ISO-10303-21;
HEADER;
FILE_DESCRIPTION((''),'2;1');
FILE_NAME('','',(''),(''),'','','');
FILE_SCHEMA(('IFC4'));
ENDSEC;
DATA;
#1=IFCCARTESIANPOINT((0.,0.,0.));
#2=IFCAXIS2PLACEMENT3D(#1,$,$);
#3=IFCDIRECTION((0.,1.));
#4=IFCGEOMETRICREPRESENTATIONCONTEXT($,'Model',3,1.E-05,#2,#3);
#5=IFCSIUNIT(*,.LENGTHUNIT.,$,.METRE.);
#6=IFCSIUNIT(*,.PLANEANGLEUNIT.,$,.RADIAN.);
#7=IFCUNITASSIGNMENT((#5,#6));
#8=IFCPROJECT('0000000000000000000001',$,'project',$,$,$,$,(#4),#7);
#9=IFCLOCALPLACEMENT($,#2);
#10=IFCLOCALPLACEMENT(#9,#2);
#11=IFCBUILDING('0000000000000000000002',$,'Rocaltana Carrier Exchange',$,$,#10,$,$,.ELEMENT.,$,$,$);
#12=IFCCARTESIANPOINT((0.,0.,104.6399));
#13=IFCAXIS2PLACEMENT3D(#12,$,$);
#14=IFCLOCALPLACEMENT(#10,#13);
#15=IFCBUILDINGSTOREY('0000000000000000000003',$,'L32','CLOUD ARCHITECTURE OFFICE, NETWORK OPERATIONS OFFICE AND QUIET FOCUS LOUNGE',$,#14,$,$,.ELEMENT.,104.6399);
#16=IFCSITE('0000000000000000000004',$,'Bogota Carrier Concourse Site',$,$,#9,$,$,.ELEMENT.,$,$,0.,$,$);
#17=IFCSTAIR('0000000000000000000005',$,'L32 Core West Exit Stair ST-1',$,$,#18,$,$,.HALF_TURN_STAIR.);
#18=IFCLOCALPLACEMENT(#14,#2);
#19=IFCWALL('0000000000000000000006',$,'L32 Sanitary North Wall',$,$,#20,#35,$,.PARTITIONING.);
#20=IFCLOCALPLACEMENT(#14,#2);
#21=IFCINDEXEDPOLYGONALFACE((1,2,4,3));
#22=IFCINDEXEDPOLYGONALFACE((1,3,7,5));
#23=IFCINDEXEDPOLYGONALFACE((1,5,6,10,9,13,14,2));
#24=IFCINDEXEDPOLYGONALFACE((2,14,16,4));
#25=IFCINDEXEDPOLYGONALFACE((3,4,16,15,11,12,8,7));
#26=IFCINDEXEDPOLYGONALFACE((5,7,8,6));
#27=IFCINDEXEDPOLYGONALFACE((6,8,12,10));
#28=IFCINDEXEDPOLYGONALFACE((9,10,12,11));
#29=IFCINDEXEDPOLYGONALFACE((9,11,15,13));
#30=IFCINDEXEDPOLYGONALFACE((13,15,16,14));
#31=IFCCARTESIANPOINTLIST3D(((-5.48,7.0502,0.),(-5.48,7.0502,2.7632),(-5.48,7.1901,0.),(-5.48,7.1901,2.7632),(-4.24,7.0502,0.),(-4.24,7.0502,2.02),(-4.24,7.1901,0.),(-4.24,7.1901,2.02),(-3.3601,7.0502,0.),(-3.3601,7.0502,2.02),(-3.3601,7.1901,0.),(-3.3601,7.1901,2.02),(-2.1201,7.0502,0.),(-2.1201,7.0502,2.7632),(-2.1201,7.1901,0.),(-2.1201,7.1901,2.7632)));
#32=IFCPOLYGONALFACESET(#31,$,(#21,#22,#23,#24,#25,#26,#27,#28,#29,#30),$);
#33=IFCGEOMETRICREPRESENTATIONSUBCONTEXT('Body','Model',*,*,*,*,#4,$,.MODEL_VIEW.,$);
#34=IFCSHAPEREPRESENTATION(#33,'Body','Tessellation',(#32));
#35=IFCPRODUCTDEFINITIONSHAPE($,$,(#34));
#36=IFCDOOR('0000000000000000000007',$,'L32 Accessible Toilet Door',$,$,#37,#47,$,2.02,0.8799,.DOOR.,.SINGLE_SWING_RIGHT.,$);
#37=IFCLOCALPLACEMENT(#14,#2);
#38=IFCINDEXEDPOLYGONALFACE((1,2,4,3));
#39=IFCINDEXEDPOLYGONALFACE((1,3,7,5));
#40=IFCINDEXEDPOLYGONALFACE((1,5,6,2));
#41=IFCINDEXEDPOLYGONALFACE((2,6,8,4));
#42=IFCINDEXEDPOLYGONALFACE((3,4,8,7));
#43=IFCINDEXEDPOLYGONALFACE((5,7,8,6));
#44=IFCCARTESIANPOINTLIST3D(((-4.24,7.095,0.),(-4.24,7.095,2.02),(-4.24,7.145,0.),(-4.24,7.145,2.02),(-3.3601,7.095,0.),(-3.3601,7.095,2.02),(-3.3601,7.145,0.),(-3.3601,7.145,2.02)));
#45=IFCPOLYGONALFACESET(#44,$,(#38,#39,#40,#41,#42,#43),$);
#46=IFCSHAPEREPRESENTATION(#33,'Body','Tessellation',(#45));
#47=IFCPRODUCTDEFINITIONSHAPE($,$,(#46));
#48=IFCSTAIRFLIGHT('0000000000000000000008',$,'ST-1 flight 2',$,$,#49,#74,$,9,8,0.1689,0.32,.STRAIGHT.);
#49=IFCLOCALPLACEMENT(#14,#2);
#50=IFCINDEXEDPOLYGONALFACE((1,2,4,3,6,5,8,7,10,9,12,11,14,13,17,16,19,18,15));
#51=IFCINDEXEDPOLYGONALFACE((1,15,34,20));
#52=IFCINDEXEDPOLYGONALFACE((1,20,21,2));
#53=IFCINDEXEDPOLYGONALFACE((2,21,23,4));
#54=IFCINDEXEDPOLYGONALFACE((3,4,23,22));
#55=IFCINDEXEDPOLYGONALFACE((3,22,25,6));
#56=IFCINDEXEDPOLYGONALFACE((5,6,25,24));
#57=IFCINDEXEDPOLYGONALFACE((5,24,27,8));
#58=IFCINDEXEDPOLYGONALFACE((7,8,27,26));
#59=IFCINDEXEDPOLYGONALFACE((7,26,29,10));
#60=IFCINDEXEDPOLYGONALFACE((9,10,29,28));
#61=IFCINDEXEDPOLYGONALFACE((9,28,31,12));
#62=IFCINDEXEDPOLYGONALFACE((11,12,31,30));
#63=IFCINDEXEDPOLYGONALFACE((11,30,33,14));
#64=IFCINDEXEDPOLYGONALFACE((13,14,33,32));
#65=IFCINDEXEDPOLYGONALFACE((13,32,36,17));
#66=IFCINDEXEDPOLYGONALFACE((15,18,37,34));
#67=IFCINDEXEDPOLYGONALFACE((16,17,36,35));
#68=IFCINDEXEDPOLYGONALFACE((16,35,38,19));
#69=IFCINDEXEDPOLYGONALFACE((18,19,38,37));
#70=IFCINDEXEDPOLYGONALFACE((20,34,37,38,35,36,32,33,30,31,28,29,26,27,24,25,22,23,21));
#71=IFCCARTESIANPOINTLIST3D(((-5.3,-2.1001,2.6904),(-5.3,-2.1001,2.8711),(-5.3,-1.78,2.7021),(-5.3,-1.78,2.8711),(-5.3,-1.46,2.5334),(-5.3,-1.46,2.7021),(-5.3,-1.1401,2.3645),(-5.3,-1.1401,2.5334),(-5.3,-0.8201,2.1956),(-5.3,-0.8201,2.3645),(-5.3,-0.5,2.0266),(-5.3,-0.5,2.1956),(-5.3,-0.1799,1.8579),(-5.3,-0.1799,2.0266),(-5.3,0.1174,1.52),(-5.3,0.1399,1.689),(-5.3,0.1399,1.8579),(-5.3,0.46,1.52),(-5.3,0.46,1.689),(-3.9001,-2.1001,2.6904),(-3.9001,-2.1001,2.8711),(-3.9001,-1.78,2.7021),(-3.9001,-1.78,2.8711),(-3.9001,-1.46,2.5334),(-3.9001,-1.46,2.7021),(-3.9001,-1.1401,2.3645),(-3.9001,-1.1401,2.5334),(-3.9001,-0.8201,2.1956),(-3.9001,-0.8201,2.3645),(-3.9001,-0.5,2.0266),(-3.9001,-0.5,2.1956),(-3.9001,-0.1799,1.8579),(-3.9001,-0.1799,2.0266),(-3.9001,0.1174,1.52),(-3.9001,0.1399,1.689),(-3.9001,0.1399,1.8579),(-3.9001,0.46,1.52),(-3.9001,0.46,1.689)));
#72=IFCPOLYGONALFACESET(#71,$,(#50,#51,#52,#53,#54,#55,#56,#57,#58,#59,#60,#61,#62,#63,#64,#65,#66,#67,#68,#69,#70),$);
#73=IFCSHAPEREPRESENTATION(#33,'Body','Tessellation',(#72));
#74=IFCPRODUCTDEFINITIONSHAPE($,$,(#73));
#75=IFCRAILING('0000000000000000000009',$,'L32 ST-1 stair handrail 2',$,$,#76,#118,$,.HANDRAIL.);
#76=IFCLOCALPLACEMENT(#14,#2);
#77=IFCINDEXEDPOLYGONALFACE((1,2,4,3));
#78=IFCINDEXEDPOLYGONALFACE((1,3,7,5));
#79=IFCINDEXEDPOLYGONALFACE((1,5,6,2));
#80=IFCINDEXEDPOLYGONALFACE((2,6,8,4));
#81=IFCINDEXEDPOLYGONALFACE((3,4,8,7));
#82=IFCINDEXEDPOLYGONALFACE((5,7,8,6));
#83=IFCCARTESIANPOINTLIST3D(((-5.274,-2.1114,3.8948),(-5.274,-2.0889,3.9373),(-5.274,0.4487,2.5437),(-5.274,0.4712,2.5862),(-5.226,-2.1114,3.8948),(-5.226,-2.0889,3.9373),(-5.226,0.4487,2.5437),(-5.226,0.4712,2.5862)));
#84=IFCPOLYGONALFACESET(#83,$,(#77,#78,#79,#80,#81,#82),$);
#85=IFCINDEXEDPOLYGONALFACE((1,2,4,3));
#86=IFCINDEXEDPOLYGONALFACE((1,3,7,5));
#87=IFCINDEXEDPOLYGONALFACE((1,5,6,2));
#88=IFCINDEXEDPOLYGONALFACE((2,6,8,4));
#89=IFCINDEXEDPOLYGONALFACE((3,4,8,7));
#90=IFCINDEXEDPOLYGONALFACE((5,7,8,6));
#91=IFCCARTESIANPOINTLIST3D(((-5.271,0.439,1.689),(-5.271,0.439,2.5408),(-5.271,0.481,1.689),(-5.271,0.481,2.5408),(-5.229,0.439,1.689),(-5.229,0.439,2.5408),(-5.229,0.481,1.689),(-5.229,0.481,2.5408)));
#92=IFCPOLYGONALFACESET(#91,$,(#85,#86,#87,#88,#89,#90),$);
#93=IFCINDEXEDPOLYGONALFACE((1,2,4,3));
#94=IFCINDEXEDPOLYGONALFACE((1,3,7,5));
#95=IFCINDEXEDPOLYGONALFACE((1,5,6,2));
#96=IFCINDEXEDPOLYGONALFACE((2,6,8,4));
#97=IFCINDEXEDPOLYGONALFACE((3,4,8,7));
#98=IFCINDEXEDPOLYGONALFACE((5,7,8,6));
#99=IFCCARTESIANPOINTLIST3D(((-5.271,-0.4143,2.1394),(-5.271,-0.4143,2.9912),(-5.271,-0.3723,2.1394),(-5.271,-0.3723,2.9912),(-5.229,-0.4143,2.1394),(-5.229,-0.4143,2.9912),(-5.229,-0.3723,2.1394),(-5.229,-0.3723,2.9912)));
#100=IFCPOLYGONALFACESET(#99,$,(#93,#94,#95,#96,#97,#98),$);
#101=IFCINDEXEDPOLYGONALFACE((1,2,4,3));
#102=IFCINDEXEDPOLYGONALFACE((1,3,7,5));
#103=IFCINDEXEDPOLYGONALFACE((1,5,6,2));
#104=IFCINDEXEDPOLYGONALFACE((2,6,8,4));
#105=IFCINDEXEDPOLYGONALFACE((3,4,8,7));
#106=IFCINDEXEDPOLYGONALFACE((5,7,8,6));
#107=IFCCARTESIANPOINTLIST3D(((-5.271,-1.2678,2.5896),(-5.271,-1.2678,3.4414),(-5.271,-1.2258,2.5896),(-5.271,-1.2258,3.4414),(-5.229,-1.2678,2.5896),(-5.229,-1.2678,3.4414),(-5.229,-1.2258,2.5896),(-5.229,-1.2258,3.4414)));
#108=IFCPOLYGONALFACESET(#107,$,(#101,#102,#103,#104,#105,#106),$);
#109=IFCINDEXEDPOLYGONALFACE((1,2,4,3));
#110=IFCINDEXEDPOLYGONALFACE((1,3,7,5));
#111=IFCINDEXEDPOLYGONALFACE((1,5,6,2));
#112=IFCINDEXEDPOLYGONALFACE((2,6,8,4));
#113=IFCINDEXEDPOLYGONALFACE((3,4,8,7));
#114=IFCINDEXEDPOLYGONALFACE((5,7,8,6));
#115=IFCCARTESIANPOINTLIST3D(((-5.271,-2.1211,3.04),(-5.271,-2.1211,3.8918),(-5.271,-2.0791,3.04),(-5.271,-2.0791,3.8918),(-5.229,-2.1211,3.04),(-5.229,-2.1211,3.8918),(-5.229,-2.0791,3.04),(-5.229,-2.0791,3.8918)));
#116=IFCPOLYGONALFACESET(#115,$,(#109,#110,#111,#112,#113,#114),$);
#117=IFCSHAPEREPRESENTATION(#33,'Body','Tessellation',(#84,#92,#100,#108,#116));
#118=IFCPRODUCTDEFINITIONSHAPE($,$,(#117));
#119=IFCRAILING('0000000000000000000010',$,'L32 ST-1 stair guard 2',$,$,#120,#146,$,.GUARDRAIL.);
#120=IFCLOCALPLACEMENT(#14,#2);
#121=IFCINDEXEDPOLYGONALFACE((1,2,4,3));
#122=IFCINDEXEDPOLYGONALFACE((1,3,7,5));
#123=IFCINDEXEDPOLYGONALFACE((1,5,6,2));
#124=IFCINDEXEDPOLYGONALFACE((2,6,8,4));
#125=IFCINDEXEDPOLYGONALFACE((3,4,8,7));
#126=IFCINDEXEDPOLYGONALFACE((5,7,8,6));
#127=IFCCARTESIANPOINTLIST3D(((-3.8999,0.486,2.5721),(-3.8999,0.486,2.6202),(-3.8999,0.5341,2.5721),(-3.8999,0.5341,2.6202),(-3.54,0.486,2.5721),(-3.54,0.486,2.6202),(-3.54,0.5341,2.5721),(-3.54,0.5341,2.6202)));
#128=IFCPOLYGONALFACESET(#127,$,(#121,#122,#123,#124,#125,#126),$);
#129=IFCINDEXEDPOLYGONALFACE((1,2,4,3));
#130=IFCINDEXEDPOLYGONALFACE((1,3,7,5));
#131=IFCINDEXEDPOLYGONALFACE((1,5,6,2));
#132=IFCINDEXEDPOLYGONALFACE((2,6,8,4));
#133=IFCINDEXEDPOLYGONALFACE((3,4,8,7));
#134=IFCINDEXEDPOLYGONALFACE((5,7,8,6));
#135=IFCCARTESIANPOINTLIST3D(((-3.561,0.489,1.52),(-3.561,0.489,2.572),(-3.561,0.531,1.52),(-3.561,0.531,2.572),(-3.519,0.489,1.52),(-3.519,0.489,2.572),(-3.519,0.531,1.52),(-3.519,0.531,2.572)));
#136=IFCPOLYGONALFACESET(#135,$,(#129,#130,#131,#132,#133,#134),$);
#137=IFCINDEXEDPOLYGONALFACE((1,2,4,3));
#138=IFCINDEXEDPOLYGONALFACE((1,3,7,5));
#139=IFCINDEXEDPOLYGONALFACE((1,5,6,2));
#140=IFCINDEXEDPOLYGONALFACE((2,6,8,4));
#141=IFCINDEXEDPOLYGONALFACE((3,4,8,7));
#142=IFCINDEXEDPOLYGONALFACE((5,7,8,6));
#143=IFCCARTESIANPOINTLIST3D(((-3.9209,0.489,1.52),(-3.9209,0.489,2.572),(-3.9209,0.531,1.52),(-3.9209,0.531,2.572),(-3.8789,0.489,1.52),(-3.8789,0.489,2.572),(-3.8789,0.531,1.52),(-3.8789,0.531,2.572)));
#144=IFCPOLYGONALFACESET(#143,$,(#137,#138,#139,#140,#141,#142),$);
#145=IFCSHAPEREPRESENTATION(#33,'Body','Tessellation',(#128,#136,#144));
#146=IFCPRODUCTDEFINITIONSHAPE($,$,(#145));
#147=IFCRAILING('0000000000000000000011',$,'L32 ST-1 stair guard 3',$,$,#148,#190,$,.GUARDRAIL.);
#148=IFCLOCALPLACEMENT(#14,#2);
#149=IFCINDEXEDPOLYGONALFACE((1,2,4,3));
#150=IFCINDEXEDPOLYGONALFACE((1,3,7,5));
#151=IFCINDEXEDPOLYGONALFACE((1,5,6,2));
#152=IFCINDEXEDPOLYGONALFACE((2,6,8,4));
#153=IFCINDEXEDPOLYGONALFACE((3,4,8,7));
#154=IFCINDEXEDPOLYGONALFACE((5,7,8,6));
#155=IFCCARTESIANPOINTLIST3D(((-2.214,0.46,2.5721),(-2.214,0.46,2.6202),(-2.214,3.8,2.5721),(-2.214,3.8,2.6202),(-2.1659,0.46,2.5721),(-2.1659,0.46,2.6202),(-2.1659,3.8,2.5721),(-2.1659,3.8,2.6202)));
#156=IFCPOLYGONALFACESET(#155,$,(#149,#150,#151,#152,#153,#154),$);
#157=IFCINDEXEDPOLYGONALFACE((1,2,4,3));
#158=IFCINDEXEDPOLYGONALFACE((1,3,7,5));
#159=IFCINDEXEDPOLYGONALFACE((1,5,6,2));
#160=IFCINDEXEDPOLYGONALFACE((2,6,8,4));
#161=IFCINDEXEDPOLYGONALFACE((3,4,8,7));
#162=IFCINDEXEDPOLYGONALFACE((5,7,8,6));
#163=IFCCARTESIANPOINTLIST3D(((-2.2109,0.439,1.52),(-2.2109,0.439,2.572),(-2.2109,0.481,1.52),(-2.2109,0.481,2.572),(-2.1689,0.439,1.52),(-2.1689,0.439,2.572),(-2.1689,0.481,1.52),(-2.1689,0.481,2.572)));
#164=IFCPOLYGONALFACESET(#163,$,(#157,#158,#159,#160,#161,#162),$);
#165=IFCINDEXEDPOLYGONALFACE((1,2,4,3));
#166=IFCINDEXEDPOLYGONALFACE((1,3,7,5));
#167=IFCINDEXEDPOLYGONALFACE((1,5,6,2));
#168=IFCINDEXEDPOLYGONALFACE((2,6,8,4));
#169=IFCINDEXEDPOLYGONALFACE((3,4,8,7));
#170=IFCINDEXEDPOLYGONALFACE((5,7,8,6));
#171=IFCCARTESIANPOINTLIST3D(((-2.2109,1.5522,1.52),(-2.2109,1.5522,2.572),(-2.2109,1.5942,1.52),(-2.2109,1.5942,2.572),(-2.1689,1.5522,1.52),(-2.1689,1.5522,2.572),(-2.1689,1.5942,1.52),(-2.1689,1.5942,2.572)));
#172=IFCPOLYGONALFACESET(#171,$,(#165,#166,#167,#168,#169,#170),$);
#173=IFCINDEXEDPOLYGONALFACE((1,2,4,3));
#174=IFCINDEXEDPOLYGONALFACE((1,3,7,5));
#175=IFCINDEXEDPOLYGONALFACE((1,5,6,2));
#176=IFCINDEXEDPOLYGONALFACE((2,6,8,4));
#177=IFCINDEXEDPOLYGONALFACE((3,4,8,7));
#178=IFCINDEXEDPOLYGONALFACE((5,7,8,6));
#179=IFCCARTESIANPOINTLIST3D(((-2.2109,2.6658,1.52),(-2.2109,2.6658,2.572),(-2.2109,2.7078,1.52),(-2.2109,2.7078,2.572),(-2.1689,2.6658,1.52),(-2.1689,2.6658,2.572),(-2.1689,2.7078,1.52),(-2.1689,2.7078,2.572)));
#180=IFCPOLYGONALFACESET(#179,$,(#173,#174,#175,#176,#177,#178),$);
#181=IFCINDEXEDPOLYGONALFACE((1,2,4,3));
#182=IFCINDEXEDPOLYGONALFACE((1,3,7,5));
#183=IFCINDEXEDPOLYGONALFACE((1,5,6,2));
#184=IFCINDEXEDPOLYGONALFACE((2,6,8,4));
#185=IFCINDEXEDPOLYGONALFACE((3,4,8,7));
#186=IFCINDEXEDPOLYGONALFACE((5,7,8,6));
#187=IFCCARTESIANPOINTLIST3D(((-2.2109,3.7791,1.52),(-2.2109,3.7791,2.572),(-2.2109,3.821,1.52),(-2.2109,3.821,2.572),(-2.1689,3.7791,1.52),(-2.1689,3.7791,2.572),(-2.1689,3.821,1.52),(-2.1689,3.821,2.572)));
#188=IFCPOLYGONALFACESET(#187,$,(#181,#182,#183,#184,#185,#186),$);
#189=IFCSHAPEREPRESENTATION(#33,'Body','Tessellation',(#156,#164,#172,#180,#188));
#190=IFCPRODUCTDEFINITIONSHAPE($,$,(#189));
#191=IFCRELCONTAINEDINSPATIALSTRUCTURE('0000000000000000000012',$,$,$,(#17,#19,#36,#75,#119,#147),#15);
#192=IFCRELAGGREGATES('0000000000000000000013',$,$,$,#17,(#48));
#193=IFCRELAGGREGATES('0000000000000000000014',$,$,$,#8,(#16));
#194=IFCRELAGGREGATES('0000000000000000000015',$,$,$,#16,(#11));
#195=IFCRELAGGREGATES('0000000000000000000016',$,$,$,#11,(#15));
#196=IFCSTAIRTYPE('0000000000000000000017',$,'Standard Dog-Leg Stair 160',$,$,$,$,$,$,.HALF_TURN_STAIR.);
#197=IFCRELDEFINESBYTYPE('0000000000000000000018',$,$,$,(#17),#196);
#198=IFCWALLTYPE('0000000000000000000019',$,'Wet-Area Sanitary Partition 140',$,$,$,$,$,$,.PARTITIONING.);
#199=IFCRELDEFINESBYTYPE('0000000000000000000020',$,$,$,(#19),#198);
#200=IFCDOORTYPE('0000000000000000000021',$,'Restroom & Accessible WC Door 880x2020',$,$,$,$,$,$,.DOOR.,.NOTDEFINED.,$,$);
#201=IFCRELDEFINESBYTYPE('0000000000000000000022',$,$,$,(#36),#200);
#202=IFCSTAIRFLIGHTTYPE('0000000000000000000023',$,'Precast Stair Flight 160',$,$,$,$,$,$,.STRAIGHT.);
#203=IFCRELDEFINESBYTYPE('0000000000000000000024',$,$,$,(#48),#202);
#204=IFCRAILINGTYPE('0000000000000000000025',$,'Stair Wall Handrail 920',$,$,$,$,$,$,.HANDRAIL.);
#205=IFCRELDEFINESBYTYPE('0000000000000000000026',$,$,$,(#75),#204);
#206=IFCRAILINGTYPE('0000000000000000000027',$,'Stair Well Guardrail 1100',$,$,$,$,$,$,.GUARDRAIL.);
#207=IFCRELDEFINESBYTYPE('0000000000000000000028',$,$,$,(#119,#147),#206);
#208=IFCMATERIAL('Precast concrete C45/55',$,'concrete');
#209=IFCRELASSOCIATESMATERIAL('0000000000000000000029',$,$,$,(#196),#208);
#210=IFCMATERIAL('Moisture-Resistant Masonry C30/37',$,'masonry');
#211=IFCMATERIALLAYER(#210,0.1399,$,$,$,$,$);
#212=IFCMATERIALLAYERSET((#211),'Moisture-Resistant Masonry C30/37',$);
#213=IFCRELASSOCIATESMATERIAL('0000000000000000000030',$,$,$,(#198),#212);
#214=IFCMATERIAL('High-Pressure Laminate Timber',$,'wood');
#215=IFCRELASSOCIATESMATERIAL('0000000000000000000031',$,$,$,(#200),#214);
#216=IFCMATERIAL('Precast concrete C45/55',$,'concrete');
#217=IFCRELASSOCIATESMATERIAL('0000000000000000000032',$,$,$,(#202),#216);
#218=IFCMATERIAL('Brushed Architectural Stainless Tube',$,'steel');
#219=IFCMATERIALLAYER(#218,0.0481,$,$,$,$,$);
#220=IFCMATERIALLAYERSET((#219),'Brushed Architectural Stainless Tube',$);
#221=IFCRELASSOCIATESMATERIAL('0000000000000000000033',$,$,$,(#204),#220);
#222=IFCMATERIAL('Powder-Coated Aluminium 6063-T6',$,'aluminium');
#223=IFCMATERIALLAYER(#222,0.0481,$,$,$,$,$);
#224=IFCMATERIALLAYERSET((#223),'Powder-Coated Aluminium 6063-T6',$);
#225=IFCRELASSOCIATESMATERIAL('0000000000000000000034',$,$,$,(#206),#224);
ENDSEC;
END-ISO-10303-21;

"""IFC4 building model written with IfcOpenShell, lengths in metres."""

from ifc_helpers import new_model, si_unit, direction, frame, frame_2d, origin, origin_2d, place, context, subcontext, project, spatial, polyline, rectangle, outline, extrude, material, layer, layer_set, type_object, element, fill, aggregate, save


model = new_model("IFC4")

# Units and contexts
model_context = context("Model", 3, precision=1e-05, world=origin(), true_north=direction((0.0, 1.0)))
body_context = subcontext(model_context, "Body", "Model", "MODEL_VIEW")
ifc_project = project(units=[si_unit("LENGTHUNIT", "METRE"), si_unit("PLANEANGLEUNIT", "RADIAN")], contexts=[model_context])

# Site, building, storey
site_placement = place(None, origin())
site = spatial("IfcSite", under=ifc_project, at=site_placement, Name="Bogota Carrier Concourse Site", CompositionType="ELEMENT", RefElevation=0.0)
building_placement = place(site_placement, origin())
building = spatial("IfcBuilding", under=site, at=building_placement, Name="Rocaltana Carrier Exchange", CompositionType="ELEMENT")
storey_placement = place(building_placement, frame((0.0, 0.0, 104.6399)))
storey = spatial("IfcBuildingStorey", under=building, at=storey_placement, Name="L32", Description="CLOUD ARCHITECTURE OFFICE, NETWORK OPERATIONS OFFICE AND QUIET FOCUS LOUNGE", CompositionType="ELEMENT", Elevation=104.6399)

# Stair
ifc_material_1 = material(Name="Precast concrete C45/55", Category="concrete")
stair_type = type_object("IfcStairType", Name="Standard Dog-Leg Stair 160", PredefinedType="HALF_TURN_STAIR", material=ifc_material_1)
stair_1_placement = place(storey_placement, origin())
stair_1 = element("IfcStair", 1, at=stair_1_placement, inside=storey, type_object=stair_type, Name="L32 Core West Exit Stair ST-1", PredefinedType="HALF_TURN_STAIR")

# Shared definitions
ifc_material_2 = material(Name="Moisture-Resistant Masonry C30/37", Category="masonry")
ifc_layer_1 = layer(ifc_material_2, 0.1399)
ifc_layer_set_1 = layer_set([ifc_layer_1], Name="Moisture-Resistant Masonry C30/37")
wall_type_1 = type_object("IfcWallType", Name="Wet-Area Sanitary Partition 140", PredefinedType="PARTITIONING", material=ifc_layer_set_1)

# Wall, opening, door
wall_1_placement = place(storey_placement, frame((-5.48, 7.1201, 0.0), z_axis=(0.0, 0.0, 1.0), x_axis=(1.0, 0.0, 0.0)))
wall_1 = element("IfcWall", 2, at=wall_1_placement, inside=storey, type_object=wall_type_1, Name="L32 Sanitary North Wall", PredefinedType="PARTITIONING", context=body_context, shape_type="SweptSolid", body=[
    extrude(rectangle(XDim=3.3599, YDim=0.1399, at=frame_2d((1.6799, 0.0))), origin(), (0.0, 0.0, 1.0), 2.7632),
])
opening_placement = place(wall_1_placement, frame((1.24, 0.0, 0.0)))
opening = element("IfcOpeningElement", 3, at=opening_placement, cuts=wall_1, PredefinedType="OPENING", context=body_context, shape_type="SweptSolid", body=[
    extrude(rectangle(XDim=0.8799, YDim=2.02, at=frame_2d((0.4399, 1.01))), frame((0.0, 0.0798, 0.0), z_axis=(0.0, -1.0, 0.0), x_axis=(1.0, 0.0, 0.0)), (0.0, 0.0, 1.0), 0.1599),
])
ifc_material_3 = material(Name="High-Pressure Laminate Timber", Category="wood")
door_type = type_object("IfcDoorType", Name="Restroom & Accessible WC Door 880x2020", OperationType="NOTDEFINED", PredefinedType="DOOR", material=ifc_material_3)
door_placement = place(opening_placement, origin())
door = element("IfcDoor", 4, at=door_placement, inside=storey, type_object=door_type, Name="L32 Accessible Toilet Door", OperationType="SINGLE_SWING_RIGHT", OverallHeight=2.02, OverallWidth=0.8799, PredefinedType="DOOR", context=body_context, shape_type="SweptSolid", body=[
    extrude(rectangle(XDim=0.8799, YDim=2.02, at=frame_2d((0.4399, 1.01))), frame((0.0, 0.0249, 0.0), z_axis=(0.0, -1.0, 0.0), x_axis=(1.0, 0.0, 0.0)), (0.0, 0.0, 1.0), 0.05),
])
fill(opening, door)

# Stair flight
ifc_material_4 = material(Name="Precast concrete C45/55", Category="concrete")
stair_flight_type = type_object("IfcStairFlightType", Name="Precast Stair Flight 160", PredefinedType="STRAIGHT", material=ifc_material_4)
stair_flight_placement = place(storey_placement, frame((-4.6001, 0.46, 1.52), z_axis=(0.0, 0.0, 1.0), x_axis=(0.0, -1.0, 0.0)))
stair_flight = element("IfcStairFlight", 5, at=stair_flight_placement, type_object=stair_flight_type, Name="ST-1 flight 2", NumberOfRisers=9, NumberOfTreads=8, PredefinedType="STRAIGHT", RiserHeight=0.1689, TreadLength=0.32, context=body_context, shape_type="SweptSolid", body=[
    extrude(outline(polyline([(0.0, 0.0), (0.0, 0.1689), (0.3201, 0.1689), (0.3201, 0.3379), (0.6399, 0.3379), (0.6399, 0.5066), (0.96, 0.5066), (0.96, 0.6755), (1.28, 0.6755), (1.28, 0.8445), (1.6001, 0.8445), (1.6001, 1.0134), (1.9199, 1.0134), (1.9199, 1.1821), (2.24, 1.1821), (2.24, 1.3511), (2.5601, 1.3511), (2.5601, 1.52), (2.5601, 1.1704), (0.3425, 0.0), (0.0, 0.0)])), frame((0.0, 0.7, 0.0), z_axis=(0.0, -1.0, 0.0), x_axis=(1.0, 0.0, 0.0)), (0.0, 0.0, 1.0), 1.3999),
])
aggregate(stair_1, [stair_flight])

# Railings
ifc_material_5 = material(Name="Brushed Architectural Stainless Tube", Category="steel")
ifc_layer_2 = layer(ifc_material_5, 0.0481)
ifc_layer_set_2 = layer_set([ifc_layer_2], Name="Brushed Architectural Stainless Tube")
railing_type_1 = type_object("IfcRailingType", Name="Stair Wall Handrail 920", PredefinedType="HANDRAIL", material=ifc_layer_set_2)
railing_1_placement = place(storey_placement, frame((-5.25, 0.46, 1.689)))
element("IfcRailing", 6, at=railing_1_placement, inside=storey, type_object=railing_type_1, Name="L32 ST-1 stair handrail 2", PredefinedType="HANDRAIL", context=body_context, shape_type="SweptSolid", body=[
    extrude(rectangle(XDim=0.0481, YDim=0.0481, at=origin_2d()), frame((0.0, 0.0, 0.876), z_axis=(0.0, -0.884394, 0.46674), x_axis=(1.0, 0.0, 0.0)), (0.0, 0.0, 1.0), 2.8948),
    extrude(rectangle(XDim=0.042, YDim=0.042, at=origin_2d()), origin(), (0.0, 0.0, 1.0), 0.8518),
    extrude(rectangle(XDim=0.042, YDim=0.042, at=origin_2d()), frame((0.0, -0.8533, 0.4504)), (0.0, 0.0, 1.0), 0.8518),
    extrude(rectangle(XDim=0.042, YDim=0.042, at=origin_2d()), frame((0.0, -1.7068, 0.9006)), (0.0, 0.0, 1.0), 0.8518),
    extrude(rectangle(XDim=0.042, YDim=0.042, at=origin_2d()), frame((0.0, -2.5601, 1.3511)), (0.0, 0.0, 1.0), 0.8518),
])
ifc_material_6 = material(Name="Powder-Coated Aluminium 6063-T6", Category="aluminium")
ifc_layer_3 = layer(ifc_material_6, 0.0481)
ifc_layer_set_3 = layer_set([ifc_layer_3], Name="Powder-Coated Aluminium 6063-T6")
railing_type_2 = type_object("IfcRailingType", Name="Stair Well Guardrail 1100", PredefinedType="GUARDRAIL", material=ifc_layer_set_3)
railing_2_placement = place(storey_placement, frame((-3.54, 0.51, 1.52)))
element("IfcRailing", 7, at=railing_2_placement, inside=storey, type_object=railing_type_2, Name="L32 ST-1 stair guard 2", PredefinedType="GUARDRAIL", context=body_context, shape_type="SweptSolid", body=[
    extrude(rectangle(XDim=0.0481, YDim=0.0481, at=origin_2d()), frame((0.0, 0.0, 1.0762), z_axis=(-1.0, 0.0, 0.0), x_axis=(0.0, -1.0, 0.0)), (0.0, 0.0, 1.0), 0.3599),
    extrude(rectangle(XDim=0.042, YDim=0.042, at=origin_2d()), origin(), (0.0, 0.0, 1.0), 1.052),
    extrude(rectangle(XDim=0.042, YDim=0.042, at=origin_2d()), frame((-0.3599, 0.0, 0.0)), (0.0, 0.0, 1.0), 1.052),
])
for number, where, name in (
    (8, (-2.1899, 0.46, 1.52), "L32 ST-1 stair guard 3"),
):
    element("IfcRailing", number, at=place(storey_placement, frame(where)), inside=storey, type_object=railing_type_2, Name=name, PredefinedType="GUARDRAIL", context=body_context, shape_type="SweptSolid", body=[
        extrude(rectangle(XDim=0.0481, YDim=0.0481, at=origin_2d()), frame((0.0, 0.0, 1.0762), z_axis=(0.0, 1.0, 0.0), x_axis=(-1.0, 0.0, 0.0)), (0.0, 0.0, 1.0), 3.3401),
        extrude(rectangle(XDim=0.042, YDim=0.042, at=origin_2d()), origin(), (0.0, 0.0, 1.0), 1.052),
        extrude(rectangle(XDim=0.042, YDim=0.042, at=origin_2d()), frame((0.0, 1.1133, 0.0)), (0.0, 0.0, 1.0), 1.052),
        extrude(rectangle(XDim=0.042, YDim=0.042, at=origin_2d()), frame((0.0, 2.2268, 0.0)), (0.0, 0.0, 1.0), 1.052),
        extrude(rectangle(XDim=0.042, YDim=0.042, at=origin_2d()), frame((0.0, 3.3401, 0.0)), (0.0, 0.0, 1.0), 1.052),
    ])

save(model, "model.ifc")
